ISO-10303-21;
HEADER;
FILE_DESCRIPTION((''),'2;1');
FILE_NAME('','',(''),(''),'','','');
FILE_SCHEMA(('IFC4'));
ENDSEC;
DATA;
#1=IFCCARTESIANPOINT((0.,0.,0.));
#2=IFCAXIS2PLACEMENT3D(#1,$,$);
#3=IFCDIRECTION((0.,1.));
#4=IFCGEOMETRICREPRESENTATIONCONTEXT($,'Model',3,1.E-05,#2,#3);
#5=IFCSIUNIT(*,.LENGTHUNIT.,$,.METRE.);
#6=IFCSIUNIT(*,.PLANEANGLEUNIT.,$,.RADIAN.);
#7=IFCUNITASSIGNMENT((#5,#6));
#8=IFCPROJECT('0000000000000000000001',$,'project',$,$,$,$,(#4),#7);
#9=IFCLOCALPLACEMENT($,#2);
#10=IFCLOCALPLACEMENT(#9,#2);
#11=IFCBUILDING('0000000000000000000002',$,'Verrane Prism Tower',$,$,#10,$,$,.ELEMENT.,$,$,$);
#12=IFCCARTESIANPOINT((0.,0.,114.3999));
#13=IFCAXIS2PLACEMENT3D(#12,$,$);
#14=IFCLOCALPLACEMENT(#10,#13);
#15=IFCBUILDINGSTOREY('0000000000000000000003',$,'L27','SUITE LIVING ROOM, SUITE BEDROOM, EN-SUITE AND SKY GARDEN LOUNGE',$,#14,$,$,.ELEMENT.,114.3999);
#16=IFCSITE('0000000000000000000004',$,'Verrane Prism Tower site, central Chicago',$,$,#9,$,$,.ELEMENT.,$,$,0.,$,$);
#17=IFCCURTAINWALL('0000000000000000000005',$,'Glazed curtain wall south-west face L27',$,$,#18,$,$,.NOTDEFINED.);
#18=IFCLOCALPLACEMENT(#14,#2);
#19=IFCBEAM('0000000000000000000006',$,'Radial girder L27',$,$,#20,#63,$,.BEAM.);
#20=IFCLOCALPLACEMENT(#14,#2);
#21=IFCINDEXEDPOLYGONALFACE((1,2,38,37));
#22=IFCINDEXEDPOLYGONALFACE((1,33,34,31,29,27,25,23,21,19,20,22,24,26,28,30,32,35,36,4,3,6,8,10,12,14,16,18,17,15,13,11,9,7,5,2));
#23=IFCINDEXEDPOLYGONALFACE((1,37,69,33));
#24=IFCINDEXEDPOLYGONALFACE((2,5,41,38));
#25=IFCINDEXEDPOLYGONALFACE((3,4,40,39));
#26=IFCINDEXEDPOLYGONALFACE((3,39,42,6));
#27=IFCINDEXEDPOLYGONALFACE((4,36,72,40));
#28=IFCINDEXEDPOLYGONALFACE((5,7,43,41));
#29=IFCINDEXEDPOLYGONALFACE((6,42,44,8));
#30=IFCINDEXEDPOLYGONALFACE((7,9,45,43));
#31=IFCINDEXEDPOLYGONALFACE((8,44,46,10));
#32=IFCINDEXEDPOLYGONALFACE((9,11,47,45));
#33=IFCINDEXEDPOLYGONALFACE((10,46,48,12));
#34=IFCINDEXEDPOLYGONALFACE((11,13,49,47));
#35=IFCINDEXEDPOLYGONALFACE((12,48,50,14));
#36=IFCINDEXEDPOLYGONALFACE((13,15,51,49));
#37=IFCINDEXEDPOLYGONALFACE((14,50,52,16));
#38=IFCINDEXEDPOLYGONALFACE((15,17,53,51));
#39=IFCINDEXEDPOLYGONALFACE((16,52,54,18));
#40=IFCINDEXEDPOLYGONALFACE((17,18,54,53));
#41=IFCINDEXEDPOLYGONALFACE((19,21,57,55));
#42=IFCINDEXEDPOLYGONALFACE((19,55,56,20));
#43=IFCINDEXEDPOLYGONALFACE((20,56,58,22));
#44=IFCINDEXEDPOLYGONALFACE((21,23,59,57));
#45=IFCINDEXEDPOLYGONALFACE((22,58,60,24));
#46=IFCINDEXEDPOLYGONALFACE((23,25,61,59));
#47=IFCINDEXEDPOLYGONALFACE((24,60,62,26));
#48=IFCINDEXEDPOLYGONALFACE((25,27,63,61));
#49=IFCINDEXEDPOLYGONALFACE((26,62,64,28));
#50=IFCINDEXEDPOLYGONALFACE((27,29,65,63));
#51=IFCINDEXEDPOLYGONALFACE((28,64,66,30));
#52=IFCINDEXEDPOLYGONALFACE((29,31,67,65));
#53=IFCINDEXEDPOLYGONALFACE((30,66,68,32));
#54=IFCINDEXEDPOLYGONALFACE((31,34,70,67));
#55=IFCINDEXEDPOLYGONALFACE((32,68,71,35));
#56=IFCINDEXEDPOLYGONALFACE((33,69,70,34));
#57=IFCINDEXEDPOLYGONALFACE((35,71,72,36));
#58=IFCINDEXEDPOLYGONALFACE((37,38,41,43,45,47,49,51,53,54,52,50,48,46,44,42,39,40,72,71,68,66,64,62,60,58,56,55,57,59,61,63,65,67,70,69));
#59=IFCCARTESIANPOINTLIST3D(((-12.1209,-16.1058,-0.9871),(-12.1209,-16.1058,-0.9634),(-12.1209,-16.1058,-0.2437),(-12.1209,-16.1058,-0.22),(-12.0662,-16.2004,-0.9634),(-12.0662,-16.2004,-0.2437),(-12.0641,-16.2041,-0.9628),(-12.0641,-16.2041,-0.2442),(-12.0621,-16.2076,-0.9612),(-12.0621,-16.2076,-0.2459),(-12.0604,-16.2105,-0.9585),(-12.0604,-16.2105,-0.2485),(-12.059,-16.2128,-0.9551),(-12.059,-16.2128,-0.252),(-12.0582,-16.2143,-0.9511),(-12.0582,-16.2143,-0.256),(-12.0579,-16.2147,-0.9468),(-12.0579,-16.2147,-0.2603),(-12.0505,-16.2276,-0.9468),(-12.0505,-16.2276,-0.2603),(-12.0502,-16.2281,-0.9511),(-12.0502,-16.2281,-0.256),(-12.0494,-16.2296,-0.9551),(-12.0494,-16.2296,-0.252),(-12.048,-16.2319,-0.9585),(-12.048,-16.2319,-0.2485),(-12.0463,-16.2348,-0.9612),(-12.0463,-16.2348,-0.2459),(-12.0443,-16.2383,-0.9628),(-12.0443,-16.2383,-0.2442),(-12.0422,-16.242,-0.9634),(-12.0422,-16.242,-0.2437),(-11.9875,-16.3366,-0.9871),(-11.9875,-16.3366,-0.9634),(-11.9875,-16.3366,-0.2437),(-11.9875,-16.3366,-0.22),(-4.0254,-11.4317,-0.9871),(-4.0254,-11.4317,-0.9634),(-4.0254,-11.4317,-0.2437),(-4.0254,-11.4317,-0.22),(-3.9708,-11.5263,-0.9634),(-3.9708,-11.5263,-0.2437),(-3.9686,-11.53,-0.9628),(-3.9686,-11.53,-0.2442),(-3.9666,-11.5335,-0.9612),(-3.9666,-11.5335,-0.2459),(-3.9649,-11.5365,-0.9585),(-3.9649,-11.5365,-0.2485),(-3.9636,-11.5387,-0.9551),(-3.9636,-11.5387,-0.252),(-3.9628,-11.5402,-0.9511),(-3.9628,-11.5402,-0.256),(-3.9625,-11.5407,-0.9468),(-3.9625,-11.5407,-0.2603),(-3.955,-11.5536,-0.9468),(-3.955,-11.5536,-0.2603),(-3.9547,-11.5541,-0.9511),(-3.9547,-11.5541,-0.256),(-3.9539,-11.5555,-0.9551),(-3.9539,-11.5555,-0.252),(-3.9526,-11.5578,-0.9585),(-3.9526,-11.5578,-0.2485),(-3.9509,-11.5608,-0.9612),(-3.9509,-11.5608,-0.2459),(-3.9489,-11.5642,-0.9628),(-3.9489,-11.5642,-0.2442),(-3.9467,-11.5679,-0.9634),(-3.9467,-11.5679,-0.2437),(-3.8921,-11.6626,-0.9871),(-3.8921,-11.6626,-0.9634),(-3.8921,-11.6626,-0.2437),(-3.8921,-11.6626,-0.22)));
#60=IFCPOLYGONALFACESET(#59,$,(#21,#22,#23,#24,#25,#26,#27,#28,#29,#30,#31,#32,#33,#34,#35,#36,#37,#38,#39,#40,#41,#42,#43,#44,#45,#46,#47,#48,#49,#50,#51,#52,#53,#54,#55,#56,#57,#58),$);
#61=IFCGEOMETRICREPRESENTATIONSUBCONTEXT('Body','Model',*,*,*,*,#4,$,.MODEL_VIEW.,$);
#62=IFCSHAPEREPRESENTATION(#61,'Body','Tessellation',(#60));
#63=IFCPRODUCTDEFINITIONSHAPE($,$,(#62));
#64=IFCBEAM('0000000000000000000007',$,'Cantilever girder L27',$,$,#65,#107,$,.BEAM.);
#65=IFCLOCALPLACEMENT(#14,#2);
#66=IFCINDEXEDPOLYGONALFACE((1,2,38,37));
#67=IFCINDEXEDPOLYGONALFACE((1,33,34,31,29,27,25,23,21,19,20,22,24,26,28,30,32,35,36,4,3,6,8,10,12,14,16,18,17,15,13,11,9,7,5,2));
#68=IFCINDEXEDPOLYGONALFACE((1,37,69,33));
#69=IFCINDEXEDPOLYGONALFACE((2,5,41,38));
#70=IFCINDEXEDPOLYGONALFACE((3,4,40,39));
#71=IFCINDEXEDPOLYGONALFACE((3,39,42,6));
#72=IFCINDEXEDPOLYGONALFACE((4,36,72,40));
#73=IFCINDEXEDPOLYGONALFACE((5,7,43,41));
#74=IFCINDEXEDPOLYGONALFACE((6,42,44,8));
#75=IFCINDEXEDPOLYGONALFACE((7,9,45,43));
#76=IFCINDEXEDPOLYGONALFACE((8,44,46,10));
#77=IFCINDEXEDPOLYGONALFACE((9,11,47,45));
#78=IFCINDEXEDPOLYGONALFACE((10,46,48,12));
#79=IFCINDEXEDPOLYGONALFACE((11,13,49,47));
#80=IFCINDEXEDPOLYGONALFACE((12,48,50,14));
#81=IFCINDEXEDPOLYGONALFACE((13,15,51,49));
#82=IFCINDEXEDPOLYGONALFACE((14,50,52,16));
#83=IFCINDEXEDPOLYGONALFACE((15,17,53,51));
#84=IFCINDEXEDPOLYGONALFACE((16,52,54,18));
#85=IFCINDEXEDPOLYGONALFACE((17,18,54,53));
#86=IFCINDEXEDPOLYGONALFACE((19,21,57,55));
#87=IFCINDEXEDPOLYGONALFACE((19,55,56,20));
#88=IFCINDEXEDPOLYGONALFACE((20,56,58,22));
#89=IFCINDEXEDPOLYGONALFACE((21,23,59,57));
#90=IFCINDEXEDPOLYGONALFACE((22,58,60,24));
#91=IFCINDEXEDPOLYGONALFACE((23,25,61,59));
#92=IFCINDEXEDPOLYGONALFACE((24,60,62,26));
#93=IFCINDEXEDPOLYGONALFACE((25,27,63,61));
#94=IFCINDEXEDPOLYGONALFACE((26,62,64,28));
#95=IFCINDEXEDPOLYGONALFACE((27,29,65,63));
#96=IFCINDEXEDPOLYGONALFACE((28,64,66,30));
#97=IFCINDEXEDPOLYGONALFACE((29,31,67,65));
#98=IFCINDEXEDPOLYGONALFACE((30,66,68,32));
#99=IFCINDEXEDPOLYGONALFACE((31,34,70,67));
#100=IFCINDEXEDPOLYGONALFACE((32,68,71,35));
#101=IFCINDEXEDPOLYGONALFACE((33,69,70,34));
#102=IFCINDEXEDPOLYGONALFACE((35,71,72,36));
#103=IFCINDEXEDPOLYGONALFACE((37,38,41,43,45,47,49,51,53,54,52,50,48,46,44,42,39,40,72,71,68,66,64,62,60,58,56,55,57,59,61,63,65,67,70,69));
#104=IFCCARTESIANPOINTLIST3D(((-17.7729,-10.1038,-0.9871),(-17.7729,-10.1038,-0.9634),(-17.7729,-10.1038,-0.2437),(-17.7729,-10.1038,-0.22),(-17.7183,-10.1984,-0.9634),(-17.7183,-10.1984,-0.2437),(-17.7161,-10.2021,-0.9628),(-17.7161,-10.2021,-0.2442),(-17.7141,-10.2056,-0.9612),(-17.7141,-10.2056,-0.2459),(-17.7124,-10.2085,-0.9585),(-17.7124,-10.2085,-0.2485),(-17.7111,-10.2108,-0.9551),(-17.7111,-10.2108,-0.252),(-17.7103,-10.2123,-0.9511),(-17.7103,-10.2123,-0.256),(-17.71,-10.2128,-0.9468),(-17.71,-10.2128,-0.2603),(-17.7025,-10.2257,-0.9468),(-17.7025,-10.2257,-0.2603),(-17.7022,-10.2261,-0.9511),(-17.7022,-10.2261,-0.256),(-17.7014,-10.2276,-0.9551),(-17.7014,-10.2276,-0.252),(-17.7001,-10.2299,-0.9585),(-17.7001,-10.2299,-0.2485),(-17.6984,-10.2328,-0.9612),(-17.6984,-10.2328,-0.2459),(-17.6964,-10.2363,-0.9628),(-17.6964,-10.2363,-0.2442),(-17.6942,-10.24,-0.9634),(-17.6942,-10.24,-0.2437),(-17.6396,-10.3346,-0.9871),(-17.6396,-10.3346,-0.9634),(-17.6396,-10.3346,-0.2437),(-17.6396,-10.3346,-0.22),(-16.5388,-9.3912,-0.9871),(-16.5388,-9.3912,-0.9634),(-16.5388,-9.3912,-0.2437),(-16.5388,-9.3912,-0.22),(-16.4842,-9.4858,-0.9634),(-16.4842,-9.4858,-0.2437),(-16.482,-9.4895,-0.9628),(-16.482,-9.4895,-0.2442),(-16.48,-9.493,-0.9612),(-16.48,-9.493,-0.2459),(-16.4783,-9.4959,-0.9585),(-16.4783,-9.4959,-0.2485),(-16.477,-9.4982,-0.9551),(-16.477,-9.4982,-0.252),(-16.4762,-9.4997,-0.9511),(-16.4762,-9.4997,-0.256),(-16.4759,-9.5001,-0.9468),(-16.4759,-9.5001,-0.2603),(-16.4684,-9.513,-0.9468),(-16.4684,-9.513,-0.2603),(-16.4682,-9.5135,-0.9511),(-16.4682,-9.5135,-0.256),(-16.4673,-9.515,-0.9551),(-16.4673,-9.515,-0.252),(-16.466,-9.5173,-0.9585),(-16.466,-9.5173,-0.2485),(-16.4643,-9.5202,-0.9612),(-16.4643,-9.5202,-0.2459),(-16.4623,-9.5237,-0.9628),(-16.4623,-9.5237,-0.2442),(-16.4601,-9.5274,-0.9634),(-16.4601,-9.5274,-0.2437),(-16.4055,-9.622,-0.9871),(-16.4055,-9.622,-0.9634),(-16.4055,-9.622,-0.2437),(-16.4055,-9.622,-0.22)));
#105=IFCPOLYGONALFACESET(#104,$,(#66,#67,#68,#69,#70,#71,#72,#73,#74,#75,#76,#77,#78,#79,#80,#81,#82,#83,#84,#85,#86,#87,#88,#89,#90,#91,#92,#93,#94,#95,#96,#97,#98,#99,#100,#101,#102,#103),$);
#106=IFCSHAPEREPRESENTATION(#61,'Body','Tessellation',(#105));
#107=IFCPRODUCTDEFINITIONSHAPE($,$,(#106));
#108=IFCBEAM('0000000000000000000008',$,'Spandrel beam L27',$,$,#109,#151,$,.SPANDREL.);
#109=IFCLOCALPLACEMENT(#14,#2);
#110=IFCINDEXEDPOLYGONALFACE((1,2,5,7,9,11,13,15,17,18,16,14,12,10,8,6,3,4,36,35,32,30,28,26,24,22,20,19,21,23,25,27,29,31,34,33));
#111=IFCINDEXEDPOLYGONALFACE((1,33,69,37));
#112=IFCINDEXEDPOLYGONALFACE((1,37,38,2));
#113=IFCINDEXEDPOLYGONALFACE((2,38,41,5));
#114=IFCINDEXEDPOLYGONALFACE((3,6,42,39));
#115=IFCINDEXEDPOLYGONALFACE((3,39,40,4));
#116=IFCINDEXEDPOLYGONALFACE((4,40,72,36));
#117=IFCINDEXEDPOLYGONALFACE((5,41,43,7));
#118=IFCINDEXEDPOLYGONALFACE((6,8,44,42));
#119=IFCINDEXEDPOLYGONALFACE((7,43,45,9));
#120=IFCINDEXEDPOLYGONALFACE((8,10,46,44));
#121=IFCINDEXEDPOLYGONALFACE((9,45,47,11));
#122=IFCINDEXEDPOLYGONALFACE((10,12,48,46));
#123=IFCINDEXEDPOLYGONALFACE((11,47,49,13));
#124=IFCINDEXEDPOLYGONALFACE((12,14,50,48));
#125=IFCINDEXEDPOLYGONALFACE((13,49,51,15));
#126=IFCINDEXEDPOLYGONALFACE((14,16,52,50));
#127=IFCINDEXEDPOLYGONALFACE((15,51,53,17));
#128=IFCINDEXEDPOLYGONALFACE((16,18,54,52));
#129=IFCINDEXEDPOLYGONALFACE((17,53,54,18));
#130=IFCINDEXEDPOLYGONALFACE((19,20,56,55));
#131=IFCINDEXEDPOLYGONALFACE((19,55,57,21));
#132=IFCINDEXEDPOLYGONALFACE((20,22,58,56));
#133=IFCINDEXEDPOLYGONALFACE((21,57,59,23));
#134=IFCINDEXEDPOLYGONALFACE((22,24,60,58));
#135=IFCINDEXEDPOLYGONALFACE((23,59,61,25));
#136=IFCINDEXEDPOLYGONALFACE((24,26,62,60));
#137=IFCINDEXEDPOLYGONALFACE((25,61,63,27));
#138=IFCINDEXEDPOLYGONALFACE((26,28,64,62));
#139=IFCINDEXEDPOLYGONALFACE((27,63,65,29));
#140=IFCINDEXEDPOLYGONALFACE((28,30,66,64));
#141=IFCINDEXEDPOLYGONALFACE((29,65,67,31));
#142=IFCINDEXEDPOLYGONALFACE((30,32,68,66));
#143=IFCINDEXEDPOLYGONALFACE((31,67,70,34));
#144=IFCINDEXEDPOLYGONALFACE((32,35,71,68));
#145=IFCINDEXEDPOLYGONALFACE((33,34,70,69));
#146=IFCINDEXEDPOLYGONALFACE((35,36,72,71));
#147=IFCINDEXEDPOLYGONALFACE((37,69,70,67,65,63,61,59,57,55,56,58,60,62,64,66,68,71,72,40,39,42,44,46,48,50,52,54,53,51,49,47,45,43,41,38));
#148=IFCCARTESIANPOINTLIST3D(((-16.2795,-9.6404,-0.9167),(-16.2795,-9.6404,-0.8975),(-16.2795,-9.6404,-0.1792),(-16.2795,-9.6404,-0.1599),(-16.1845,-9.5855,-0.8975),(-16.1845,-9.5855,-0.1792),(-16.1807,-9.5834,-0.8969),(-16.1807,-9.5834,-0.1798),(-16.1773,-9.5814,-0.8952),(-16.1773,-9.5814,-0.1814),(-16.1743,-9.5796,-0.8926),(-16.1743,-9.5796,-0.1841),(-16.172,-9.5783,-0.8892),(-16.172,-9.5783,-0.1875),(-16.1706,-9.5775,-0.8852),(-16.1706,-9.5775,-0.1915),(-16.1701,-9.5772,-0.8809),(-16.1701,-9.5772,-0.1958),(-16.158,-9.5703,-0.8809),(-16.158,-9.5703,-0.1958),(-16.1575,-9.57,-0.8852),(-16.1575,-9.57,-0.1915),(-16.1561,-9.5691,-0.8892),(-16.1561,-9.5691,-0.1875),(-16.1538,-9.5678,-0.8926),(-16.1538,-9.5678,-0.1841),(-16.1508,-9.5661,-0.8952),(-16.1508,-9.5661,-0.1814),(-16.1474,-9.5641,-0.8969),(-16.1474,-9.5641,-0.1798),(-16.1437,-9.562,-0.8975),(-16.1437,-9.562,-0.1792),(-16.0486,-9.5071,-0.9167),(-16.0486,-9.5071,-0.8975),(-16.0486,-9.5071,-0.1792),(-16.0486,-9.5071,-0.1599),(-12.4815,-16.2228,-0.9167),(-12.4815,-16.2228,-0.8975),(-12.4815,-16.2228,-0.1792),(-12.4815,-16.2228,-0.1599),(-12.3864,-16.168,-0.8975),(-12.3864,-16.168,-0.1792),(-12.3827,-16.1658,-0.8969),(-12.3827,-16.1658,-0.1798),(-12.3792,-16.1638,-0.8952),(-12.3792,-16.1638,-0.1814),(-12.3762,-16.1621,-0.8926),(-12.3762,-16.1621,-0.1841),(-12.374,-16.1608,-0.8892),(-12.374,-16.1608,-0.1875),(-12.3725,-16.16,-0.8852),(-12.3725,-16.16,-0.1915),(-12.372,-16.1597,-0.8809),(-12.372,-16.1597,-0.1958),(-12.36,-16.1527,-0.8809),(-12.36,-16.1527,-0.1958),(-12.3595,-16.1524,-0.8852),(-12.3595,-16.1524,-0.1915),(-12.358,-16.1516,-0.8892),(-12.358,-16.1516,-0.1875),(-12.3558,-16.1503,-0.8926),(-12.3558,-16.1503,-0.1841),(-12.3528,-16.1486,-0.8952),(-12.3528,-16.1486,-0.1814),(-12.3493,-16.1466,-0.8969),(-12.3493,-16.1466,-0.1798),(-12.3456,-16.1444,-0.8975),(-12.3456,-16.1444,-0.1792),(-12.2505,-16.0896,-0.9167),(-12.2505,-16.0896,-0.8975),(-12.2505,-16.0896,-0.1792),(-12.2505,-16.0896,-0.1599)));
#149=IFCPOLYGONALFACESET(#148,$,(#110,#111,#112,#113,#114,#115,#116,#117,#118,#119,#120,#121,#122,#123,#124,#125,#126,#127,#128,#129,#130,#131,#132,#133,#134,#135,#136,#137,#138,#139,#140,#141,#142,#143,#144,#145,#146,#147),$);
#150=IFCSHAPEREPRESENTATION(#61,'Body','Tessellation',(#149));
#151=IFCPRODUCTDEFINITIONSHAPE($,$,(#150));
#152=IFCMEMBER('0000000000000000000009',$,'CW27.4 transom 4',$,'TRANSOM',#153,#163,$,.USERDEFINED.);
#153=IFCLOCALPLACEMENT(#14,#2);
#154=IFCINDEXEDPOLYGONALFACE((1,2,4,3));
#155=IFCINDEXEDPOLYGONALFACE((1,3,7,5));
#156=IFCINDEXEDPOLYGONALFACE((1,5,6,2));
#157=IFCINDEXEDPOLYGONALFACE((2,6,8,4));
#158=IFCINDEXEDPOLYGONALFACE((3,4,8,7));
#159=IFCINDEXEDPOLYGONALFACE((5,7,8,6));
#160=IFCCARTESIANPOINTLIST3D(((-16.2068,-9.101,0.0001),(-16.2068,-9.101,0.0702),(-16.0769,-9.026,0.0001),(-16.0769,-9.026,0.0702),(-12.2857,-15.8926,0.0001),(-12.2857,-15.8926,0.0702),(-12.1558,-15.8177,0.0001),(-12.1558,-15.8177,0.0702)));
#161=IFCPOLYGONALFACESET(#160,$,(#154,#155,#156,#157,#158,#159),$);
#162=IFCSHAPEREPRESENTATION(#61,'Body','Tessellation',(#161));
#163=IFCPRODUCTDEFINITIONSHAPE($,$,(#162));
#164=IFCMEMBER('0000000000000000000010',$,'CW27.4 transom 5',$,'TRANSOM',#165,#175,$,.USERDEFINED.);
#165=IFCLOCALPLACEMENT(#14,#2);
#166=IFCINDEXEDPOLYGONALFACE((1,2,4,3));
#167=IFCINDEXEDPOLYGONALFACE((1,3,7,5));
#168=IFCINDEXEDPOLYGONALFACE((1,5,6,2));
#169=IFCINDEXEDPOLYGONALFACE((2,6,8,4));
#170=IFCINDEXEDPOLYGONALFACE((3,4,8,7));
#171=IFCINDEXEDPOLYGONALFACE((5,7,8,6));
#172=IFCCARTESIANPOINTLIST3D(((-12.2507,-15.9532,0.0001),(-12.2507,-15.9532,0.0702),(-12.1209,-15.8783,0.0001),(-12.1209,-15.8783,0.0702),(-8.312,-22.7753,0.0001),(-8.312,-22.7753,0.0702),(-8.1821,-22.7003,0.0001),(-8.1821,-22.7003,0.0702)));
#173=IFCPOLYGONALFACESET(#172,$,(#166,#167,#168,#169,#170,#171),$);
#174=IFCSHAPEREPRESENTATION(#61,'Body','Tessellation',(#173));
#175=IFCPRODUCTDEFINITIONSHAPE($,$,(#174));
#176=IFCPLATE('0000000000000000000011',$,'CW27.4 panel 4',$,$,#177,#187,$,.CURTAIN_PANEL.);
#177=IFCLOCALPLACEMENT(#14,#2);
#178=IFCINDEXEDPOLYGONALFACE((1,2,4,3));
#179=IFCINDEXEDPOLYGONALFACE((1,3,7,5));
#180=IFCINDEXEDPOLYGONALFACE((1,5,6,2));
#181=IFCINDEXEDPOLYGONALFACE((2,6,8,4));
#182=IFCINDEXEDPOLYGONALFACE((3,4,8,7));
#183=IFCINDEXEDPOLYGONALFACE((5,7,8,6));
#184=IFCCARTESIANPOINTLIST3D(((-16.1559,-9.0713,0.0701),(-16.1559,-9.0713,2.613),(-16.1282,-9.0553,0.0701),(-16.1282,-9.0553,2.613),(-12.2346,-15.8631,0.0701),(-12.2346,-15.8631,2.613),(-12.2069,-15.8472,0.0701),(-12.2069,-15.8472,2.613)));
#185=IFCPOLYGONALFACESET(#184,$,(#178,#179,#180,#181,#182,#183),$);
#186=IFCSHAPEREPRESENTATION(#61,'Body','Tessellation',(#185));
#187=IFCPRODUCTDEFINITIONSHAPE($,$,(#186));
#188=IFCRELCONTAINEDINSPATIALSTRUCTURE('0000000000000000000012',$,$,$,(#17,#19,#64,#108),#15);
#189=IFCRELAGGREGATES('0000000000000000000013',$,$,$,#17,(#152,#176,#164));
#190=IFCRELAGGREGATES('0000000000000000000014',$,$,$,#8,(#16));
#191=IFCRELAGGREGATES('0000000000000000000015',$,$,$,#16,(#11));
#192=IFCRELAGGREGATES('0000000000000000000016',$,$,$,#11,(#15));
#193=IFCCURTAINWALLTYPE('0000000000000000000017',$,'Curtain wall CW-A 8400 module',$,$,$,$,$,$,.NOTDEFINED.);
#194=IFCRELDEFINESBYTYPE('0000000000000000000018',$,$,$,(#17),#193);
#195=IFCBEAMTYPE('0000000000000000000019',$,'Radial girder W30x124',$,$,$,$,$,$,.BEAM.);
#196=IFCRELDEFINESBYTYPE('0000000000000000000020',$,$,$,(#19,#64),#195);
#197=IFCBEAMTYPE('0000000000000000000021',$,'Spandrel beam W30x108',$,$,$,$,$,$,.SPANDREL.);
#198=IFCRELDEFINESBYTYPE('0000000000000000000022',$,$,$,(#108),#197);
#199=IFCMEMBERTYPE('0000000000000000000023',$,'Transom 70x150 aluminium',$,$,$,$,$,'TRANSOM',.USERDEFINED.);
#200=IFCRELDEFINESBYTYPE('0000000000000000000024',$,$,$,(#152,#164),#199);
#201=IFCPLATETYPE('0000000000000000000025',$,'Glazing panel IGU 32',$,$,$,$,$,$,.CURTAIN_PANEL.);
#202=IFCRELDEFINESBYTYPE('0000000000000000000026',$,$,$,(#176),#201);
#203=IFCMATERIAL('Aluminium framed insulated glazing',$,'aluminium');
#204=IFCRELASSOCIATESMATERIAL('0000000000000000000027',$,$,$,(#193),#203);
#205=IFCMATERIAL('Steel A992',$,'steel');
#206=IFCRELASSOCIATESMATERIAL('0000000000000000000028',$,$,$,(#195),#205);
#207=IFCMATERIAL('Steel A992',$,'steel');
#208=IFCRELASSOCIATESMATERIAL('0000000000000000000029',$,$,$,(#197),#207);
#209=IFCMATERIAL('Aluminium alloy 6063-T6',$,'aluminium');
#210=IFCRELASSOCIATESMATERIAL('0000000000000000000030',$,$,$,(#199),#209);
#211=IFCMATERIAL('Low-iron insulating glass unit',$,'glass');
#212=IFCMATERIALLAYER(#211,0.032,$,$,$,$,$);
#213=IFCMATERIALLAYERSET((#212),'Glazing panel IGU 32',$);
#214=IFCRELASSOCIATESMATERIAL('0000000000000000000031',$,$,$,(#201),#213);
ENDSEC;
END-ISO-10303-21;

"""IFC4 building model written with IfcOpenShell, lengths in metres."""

from ifc_helpers import new_model, si_unit, direction, frame, origin, origin_2d, place, context, subcontext, project, spatial, rectangle, i_section, extrude, material, layer, layer_set, material_profile, profile_set, type_object, element, aggregate, save


model = new_model("IFC4")

# Units and contexts
model_context = context("Model", 3, precision=1e-05, world=origin(), true_north=direction((0.0, 1.0)))
body_context = subcontext(model_context, "Body", "Model", "MODEL_VIEW")
ifc_project = project(units=[si_unit("LENGTHUNIT", "METRE"), si_unit("PLANEANGLEUNIT", "RADIAN")], contexts=[model_context])

# Site, building, storey
site_placement = place(None, origin())
site = spatial("IfcSite", under=ifc_project, at=site_placement, Name="Verrane Prism Tower site, central Chicago", CompositionType="ELEMENT", RefElevation=0.0)
building_placement = place(site_placement, origin())
building = spatial("IfcBuilding", under=site, at=building_placement, Name="Verrane Prism Tower", CompositionType="ELEMENT")
storey_placement = place(building_placement, frame((0.0, 0.0, 114.3999)))
storey = spatial("IfcBuildingStorey", under=building, at=storey_placement, Name="L27", Description="SUITE LIVING ROOM, SUITE BEDROOM, EN-SUITE AND SKY GARDEN LOUNGE", CompositionType="ELEMENT", Elevation=114.3999)

# Curtain wall
ifc_material_1 = material(Name="Aluminium framed insulated glazing", Category="aluminium")
curtain_wall_type = type_object("IfcCurtainWallType", Name="Curtain wall CW-A 8400 module", PredefinedType="NOTDEFINED", material=ifc_material_1)
curtain_wall_placement = place(storey_placement, origin())
curtain_wall = element("IfcCurtainWall", 1, at=curtain_wall_placement, inside=storey, type_object=curtain_wall_type, Name="Glazed curtain wall south-west face L27", PredefinedType="NOTDEFINED")

# Beams
ifc_material_2 = material(Name="Steel A992", Category="steel")
ifc_material_profile_1 = material_profile(ifc_material_2, i_section(OverallWidth=0.2666, OverallDepth=0.7671, WebThickness=0.0149, FlangeThickness=0.0237, FilletRadius=0.0166, at=origin_2d()), Name="W30x124")
ifc_profile_set_1 = profile_set([ifc_material_profile_1], Name="Steel A992")
beam_type_1 = type_object("IfcBeamType", Name="Radial girder W30x124", PredefinedType="BEAM", material=ifc_profile_set_1)
beam_1_placement = place(storey_placement, frame((-12.0542, -16.2212, -0.6035), z_axis=(0.866018, 0.500013, 0.0), x_axis=(-0.500013, 0.866018, 0.0)))
element("IfcBeam", 2, at=beam_1_placement, inside=storey, type_object=beam_type_1, Name="Radial girder L27", PredefinedType="BEAM", context=body_context, shape_type="SweptSolid", body=[
    extrude(i_section(OverallWidth=0.2666, OverallDepth=0.7671, WebThickness=0.0149, FlangeThickness=0.0237, FilletRadius=0.0166, at=origin_2d()), origin(), (0.0, 0.0, 1.0), 9.3479),
])
beam_2_placement = place(storey_placement, frame((-16.4722, -9.5066, -0.6035), z_axis=(-0.865989, -0.500064, 0.0), x_axis=(0.500064, -0.865989, 0.0)))
element("IfcBeam", 3, at=beam_2_placement, inside=storey, type_object=beam_type_1, Name="Cantilever girder L27", PredefinedType="BEAM", context=body_context, shape_type="SweptSolid", body=[
    extrude(i_section(OverallWidth=0.2666, OverallDepth=0.7671, WebThickness=0.0149, FlangeThickness=0.0237, FilletRadius=0.0166, at=origin_2d()), origin(), (0.0, 0.0, 1.0), 1.425),
])
ifc_material_3 = material(Name="Steel A992", Category="steel")
ifc_material_profile_2 = material_profile(ifc_material_3, i_section(OverallWidth=0.2666, OverallDepth=0.7568, WebThickness=0.0139, FlangeThickness=0.0193, FilletRadius=0.0166, at=origin_2d()), Name="W30x108")
ifc_profile_set_2 = profile_set([ifc_material_profile_2], Name="Steel A992")
beam_type_2 = type_object("IfcBeamType", Name="Spandrel beam W30x108", PredefinedType="SPANDREL", material=ifc_profile_set_2)
beam_3_placement = place(storey_placement, frame((-16.1641, -9.5737, -0.5383), z_axis=(0.499771, -0.866158, 0.0), x_axis=(0.866158, 0.499771, 0.0)))
element("IfcBeam", 4, at=beam_3_placement, inside=storey, type_object=beam_type_2, Name="Spandrel beam L27", PredefinedType="SPANDREL", context=body_context, shape_type="SweptSolid", body=[
    extrude(i_section(OverallWidth=0.2666, OverallDepth=0.7568, WebThickness=0.0139, FlangeThickness=0.0193, FilletRadius=0.0166, at=origin_2d()), origin(), (0.0, 0.0, 1.0), 7.5996),
])

# Members
ifc_material_4 = material(Name="Aluminium alloy 6063-T6", Category="aluminium")
ifc_material_profile_3 = material_profile(ifc_material_4, rectangle(XDim=0.1499, YDim=0.0701, at=origin_2d()), Name="Transom 70x150 aluminium")
ifc_profile_set_3 = profile_set([ifc_material_profile_3], Name="Aluminium alloy 6063-T6")
member_type_1 = type_object("IfcMemberType", Name="Transom 70x150 aluminium", ElementType="TRANSOM", PredefinedType="USERDEFINED", material=ifc_profile_set_3)
member_1_placement = place(storey_placement, frame((-16.1418, -9.0635, 0.0352), z_axis=(0.499993, -0.86603, 0.0), x_axis=(0.86603, 0.499993, 0.0)))
member_1 = element("IfcMember", 5, at=member_1_placement, type_object=member_type_1, Name="CW27.4 transom 4", ObjectType="TRANSOM", PredefinedType="USERDEFINED", context=body_context, shape_type="SweptSolid", body=[
    extrude(rectangle(XDim=0.1499, YDim=0.0701, at=origin_2d()), origin(), (0.0, 0.0, 1.0), 7.8423),
])
member_2_placement = place(storey_placement, frame((-12.1858, -15.9158, 0.0352), z_axis=(0.500002, -0.866024, 0.0), x_axis=(0.866024, 0.500002, 0.0)))
member_2 = element("IfcMember", 6, at=member_2_placement, type_object=member_type_1, Name="CW27.4 transom 5", ObjectType="TRANSOM", PredefinedType="USERDEFINED", context=body_context, shape_type="SweptSolid", body=[
    extrude(rectangle(XDim=0.1499, YDim=0.0701, at=origin_2d()), origin(), (0.0, 0.0, 1.0), 7.8774),
])

# Plate
ifc_material_5 = material(Name="Low-iron insulating glass unit", Category="glass")
ifc_layer_1 = layer(ifc_material_5, 0.032)
ifc_layer_set_1 = layer_set([ifc_layer_1], Name="Glazing panel IGU 32")
plate_type = type_object("IfcPlateType", Name="Glazing panel IGU 32", PredefinedType="CURTAIN_PANEL", material=ifc_layer_set_1)
plate_placement = place(storey_placement, frame((-14.1814, -12.4592, 0.0701), z_axis=(0.0, 0.0, 1.0), x_axis=(0.499999, -0.866026, 0.0)))
plate = element("IfcPlate", 7, at=plate_placement, type_object=plate_type, Name="CW27.4 panel 4", PredefinedType="CURTAIN_PANEL", context=body_context, shape_type="SweptSolid", body=[
    extrude(rectangle(XDim=7.8425, YDim=0.032, at=origin_2d()), origin(), (0.0, 0.0, 1.0), 2.543),
])
aggregate(curtain_wall, [member_1, plate, member_2])

save(model, "model.ifc")
